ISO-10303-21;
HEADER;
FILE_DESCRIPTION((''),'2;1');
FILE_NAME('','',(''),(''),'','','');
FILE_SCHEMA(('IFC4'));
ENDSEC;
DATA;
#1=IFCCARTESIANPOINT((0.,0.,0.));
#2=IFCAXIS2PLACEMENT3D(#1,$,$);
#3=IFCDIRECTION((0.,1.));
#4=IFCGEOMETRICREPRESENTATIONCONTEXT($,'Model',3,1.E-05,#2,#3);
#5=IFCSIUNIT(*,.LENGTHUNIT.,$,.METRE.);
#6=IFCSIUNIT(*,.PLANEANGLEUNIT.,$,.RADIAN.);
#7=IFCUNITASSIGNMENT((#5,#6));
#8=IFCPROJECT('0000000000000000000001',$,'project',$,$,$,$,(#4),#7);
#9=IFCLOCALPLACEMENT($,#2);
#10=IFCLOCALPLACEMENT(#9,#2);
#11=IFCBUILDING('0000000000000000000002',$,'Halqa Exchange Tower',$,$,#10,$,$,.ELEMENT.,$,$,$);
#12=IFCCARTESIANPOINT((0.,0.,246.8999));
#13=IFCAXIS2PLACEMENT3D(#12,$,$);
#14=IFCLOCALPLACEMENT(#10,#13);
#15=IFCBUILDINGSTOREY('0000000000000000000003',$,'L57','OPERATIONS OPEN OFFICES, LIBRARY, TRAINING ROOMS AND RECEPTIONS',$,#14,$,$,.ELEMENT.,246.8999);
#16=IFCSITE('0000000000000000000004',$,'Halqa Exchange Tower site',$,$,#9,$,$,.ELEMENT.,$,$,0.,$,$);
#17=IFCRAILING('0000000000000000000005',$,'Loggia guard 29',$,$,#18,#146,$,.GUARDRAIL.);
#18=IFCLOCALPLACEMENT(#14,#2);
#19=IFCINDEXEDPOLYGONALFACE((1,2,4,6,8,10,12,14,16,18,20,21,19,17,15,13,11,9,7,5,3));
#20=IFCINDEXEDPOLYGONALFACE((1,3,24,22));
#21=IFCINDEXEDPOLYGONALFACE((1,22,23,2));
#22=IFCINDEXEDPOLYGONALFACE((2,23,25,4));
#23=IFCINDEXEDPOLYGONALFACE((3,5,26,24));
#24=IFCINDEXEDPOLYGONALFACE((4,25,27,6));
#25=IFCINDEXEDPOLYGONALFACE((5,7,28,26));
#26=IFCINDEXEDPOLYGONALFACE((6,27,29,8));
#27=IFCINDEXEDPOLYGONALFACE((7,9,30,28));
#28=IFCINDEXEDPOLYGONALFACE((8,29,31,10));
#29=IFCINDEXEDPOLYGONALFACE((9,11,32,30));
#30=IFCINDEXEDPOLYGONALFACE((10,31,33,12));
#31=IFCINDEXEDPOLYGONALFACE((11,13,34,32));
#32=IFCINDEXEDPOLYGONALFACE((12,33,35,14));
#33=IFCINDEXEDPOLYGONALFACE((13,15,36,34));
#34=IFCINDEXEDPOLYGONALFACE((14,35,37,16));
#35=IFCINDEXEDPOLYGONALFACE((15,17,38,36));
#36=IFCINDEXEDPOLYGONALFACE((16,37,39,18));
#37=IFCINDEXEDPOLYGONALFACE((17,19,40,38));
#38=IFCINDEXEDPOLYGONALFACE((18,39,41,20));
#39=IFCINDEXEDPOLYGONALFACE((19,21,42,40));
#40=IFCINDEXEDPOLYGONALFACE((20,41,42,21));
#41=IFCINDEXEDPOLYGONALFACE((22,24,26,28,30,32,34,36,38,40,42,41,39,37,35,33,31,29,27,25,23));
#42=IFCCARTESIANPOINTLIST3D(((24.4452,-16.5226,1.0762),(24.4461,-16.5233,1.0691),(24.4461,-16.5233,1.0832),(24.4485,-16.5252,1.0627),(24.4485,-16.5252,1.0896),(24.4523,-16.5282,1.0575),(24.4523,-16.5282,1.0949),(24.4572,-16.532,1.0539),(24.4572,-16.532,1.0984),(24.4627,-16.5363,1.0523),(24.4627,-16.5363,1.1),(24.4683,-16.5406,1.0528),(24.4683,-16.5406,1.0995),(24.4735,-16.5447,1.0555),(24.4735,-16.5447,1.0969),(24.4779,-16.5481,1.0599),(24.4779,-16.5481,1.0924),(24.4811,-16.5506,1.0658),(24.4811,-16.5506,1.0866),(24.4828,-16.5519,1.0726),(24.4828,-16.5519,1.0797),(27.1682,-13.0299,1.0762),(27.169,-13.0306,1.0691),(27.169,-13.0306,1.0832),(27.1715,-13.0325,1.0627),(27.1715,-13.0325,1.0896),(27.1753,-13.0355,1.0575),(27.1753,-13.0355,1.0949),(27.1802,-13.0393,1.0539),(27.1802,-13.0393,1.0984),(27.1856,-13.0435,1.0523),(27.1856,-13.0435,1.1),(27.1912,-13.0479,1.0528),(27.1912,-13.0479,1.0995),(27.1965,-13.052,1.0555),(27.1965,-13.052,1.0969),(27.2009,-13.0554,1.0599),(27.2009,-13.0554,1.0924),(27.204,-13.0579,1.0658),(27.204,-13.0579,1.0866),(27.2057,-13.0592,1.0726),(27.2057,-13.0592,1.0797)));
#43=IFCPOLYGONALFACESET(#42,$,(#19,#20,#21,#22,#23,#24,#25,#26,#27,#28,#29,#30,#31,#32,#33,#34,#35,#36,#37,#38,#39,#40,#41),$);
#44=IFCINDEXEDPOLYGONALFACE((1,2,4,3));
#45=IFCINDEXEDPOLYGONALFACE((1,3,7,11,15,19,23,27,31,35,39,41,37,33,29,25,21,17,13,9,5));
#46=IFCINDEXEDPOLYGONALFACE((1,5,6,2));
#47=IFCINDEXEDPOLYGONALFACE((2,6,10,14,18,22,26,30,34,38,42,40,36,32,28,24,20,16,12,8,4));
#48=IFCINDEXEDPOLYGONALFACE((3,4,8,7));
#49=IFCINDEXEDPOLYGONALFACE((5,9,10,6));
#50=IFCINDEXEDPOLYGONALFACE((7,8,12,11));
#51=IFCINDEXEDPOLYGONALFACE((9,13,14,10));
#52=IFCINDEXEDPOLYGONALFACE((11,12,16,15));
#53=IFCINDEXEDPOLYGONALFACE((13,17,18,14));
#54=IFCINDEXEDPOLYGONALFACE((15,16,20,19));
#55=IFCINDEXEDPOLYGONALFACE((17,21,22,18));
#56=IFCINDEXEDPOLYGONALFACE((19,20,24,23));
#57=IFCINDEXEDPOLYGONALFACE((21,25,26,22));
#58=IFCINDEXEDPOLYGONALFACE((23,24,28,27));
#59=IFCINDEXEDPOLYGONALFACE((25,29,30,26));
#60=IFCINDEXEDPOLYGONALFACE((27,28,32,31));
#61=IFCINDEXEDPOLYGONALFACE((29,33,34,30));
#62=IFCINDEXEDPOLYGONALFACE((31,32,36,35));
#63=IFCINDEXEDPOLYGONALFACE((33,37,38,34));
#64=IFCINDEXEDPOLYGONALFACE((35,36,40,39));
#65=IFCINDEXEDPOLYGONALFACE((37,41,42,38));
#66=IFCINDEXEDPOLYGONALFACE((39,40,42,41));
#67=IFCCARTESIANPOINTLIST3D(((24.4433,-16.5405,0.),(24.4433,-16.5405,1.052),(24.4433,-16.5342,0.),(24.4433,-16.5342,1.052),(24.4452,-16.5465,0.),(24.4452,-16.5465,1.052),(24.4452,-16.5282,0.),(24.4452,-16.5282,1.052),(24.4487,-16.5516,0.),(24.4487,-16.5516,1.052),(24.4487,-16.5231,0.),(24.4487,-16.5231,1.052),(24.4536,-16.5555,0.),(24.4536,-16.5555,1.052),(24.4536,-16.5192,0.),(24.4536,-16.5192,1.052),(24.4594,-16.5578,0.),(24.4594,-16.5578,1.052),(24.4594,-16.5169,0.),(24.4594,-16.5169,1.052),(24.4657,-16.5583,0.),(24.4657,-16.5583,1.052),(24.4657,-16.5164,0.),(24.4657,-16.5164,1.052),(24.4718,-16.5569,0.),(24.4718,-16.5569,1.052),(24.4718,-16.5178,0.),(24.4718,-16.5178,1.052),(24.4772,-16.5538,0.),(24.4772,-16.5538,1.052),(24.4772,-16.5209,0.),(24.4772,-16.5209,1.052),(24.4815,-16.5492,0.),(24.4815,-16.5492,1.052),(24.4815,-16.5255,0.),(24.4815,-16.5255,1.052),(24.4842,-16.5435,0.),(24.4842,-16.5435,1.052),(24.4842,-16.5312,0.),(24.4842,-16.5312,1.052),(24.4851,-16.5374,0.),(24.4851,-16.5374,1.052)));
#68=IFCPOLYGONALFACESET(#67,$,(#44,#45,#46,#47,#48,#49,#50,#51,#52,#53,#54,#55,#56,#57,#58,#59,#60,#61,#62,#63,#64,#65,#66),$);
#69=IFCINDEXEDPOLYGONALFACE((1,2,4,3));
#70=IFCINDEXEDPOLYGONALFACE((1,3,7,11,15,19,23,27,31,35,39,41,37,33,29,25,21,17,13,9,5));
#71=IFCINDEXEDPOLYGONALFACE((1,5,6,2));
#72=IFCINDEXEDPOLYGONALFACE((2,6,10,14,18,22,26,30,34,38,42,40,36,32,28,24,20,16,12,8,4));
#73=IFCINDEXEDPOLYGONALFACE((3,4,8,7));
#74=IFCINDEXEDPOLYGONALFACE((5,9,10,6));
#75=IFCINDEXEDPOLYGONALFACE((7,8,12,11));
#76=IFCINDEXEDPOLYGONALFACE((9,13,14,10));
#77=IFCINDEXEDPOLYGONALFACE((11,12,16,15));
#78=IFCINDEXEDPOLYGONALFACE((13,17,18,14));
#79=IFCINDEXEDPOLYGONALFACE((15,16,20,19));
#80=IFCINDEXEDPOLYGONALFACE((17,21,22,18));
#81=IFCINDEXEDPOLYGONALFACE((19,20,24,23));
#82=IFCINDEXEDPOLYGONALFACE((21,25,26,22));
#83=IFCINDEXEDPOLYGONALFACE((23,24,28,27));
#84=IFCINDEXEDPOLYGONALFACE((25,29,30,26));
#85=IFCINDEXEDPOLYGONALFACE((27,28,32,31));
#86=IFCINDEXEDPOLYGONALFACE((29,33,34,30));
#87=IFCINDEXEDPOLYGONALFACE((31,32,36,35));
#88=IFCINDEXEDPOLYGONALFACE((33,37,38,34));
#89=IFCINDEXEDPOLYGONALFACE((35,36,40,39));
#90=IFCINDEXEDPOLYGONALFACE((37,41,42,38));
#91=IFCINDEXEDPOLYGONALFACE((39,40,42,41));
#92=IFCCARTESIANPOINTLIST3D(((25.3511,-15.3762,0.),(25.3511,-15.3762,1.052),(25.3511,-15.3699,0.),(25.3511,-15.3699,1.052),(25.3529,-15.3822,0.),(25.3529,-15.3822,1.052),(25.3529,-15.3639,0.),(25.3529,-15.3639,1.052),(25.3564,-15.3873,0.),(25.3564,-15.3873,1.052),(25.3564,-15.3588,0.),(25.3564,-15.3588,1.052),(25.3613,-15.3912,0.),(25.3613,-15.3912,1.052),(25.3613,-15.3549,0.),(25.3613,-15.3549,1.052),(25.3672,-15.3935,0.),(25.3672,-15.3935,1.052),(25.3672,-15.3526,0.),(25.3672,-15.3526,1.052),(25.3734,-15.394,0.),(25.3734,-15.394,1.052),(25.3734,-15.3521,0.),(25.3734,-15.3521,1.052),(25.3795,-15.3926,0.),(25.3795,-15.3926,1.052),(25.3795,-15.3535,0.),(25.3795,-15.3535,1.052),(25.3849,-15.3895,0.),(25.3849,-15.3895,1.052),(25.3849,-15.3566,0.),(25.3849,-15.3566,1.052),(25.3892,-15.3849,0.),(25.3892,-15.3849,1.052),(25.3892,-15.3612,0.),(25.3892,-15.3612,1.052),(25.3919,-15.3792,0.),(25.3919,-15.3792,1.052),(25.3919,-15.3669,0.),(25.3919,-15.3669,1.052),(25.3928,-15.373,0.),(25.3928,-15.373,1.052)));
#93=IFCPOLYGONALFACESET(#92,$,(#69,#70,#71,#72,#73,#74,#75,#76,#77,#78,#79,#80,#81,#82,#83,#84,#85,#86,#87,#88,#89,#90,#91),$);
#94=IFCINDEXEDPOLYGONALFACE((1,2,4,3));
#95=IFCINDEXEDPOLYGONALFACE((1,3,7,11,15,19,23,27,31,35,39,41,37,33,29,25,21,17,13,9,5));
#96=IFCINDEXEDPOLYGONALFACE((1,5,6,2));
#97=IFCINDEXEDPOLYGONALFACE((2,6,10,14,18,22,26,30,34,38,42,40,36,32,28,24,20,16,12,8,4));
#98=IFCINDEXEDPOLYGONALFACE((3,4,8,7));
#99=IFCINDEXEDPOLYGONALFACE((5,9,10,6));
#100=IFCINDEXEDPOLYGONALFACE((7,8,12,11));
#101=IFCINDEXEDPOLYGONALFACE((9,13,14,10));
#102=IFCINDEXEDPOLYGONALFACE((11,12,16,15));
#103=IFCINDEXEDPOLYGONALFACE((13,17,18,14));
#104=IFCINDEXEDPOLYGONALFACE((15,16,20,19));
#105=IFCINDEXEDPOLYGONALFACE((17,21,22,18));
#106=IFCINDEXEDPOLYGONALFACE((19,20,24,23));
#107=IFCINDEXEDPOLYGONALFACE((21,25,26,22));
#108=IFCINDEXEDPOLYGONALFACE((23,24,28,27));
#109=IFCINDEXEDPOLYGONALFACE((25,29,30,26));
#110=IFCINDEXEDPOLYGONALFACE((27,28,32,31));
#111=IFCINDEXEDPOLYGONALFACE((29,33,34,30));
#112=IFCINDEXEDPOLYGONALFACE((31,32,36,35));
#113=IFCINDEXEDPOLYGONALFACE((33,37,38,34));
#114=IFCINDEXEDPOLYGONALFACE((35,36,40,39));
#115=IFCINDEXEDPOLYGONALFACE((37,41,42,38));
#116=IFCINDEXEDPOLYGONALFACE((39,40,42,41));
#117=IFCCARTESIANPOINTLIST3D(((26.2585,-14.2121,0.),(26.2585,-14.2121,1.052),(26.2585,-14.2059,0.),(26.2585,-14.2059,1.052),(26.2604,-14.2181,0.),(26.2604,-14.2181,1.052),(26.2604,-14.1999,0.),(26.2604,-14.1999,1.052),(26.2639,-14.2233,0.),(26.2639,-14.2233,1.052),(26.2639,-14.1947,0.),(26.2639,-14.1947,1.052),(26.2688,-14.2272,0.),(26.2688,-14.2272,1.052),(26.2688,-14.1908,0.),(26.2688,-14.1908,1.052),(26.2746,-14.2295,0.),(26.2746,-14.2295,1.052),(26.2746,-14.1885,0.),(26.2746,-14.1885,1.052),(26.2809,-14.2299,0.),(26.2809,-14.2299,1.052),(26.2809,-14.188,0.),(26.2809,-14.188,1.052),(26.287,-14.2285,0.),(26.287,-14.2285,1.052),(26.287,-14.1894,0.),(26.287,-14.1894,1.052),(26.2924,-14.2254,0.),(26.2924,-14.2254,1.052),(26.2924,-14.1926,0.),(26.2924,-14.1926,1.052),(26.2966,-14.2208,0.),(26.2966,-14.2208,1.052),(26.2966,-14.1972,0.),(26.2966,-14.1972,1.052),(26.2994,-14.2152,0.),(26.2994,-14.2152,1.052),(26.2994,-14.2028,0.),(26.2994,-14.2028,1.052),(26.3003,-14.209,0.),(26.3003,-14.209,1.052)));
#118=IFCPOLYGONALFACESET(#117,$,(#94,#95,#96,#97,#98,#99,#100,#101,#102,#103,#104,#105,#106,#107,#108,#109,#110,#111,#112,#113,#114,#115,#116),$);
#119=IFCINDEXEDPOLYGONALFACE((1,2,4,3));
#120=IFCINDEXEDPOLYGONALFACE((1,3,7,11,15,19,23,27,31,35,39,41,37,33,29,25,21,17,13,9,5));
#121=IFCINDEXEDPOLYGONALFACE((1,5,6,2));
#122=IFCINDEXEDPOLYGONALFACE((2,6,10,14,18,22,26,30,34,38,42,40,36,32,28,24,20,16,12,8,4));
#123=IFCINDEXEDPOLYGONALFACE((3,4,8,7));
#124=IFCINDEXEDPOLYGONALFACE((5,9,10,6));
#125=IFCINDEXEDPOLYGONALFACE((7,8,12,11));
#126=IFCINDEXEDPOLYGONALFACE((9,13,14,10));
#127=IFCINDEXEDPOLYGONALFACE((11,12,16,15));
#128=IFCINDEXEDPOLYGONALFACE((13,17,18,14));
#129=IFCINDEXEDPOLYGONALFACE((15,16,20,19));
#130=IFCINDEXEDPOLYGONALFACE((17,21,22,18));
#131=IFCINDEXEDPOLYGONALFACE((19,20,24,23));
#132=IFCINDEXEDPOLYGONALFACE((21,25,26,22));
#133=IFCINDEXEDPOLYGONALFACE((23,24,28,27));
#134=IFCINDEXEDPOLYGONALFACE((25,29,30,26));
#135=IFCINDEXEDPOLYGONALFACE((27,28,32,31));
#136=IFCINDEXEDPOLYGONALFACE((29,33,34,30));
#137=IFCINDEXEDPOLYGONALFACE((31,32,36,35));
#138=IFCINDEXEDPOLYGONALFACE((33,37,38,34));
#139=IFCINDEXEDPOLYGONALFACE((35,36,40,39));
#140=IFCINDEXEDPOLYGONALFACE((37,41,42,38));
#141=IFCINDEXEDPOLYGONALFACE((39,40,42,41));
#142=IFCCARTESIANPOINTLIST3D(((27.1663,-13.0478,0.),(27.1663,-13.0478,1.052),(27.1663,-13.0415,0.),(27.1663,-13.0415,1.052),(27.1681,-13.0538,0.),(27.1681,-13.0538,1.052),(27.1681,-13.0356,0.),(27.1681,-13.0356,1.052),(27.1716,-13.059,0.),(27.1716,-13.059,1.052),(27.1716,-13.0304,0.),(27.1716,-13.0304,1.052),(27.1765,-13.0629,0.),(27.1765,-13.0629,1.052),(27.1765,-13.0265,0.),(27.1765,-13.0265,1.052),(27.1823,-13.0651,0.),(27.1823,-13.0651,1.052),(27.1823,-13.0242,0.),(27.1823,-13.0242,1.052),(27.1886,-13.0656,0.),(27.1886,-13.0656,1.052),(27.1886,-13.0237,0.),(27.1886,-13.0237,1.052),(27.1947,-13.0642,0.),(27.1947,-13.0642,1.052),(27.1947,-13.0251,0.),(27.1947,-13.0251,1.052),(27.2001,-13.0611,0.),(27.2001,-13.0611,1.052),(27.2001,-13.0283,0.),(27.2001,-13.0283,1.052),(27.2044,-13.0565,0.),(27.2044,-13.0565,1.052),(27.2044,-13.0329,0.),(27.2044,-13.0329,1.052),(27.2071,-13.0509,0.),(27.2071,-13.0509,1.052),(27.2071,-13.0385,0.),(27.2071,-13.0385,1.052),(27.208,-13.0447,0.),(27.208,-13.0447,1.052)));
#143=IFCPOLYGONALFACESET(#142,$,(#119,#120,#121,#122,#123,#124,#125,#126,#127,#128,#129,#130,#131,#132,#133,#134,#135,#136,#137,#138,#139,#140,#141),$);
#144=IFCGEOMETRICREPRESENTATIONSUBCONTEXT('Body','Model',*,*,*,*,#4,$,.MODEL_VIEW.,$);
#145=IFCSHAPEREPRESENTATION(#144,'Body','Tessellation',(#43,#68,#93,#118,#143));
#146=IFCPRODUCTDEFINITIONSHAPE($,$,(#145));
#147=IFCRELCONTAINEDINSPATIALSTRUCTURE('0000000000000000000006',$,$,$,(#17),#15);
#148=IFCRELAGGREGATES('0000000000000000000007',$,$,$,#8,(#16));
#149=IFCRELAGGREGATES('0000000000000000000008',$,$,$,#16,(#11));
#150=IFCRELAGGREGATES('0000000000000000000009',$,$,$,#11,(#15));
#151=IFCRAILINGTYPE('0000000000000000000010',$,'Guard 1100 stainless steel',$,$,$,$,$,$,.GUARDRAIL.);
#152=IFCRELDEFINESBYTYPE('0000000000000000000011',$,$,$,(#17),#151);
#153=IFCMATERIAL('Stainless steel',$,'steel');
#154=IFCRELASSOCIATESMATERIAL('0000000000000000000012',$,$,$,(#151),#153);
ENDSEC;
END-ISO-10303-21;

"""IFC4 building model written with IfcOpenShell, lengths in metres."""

from ifc_helpers import new_model, si_unit, direction, frame, origin, origin_2d, place, context, subcontext, project, spatial, circle, extrude, material, type_object, element, save


model = new_model("IFC4")

# Units and contexts
model_context = context("Model", 3, precision=1e-05, world=origin(), true_north=direction((0.0, 1.0)))
body_context = subcontext(model_context, "Body", "Model", "MODEL_VIEW")
ifc_project = project(units=[si_unit("LENGTHUNIT", "METRE"), si_unit("PLANEANGLEUNIT", "RADIAN")], contexts=[model_context])

# Site, building, storey
site_placement = place(None, origin())
site = spatial("IfcSite", under=ifc_project, at=site_placement, Name="Halqa Exchange Tower site", CompositionType="ELEMENT", RefElevation=0.0)
building_placement = place(site_placement, origin())
building = spatial("IfcBuilding", under=site, at=building_placement, Name="Halqa Exchange Tower", CompositionType="ELEMENT")
storey_placement = place(building_placement, frame((0.0, 0.0, 246.8999)))
storey = spatial("IfcBuildingStorey", under=building, at=storey_placement, Name="L57", Description="OPERATIONS OPEN OFFICES, LIBRARY, TRAINING ROOMS AND RECEPTIONS", CompositionType="ELEMENT", Elevation=246.8999)

# Railing
ifc_material_1 = material(Name="Stainless steel", Category="steel")
railing_type = type_object("IfcRailingType", Name="Guard 1100 stainless steel", PredefinedType="GUARDRAIL", material=ifc_material_1)
railing_1_placement = place(storey_placement, frame((24.4641, -16.5374, 0.0)))
element("IfcRailing", 1, at=railing_1_placement, inside=storey, type_object=railing_type, Name="Loggia guard 29", PredefinedType="GUARDRAIL", context=body_context, shape_type="SweptSolid", body=[
    extrude(circle(Radius=0.0239, at=origin_2d()), frame((0.0, 0.0, 1.0762), z_axis=(0.614837, 0.788654, 0.0), x_axis=(-0.788654, 0.614837, 0.0)), (0.0, 0.0, 1.0), 4.4287),
    extrude(circle(Radius=0.021, at=origin_2d()), origin(), (0.0, 0.0, 1.0), 1.052),
    extrude(circle(Radius=0.021, at=origin_2d()), frame((0.9077, 1.1643, 0.0)), (0.0, 0.0, 1.0), 1.052),
    extrude(circle(Radius=0.021, at=origin_2d()), frame((1.8152, 2.3284, 0.0)), (0.0, 0.0, 1.0), 1.052),
    extrude(circle(Radius=0.021, at=origin_2d()), frame((2.7229, 3.4927, 0.0)), (0.0, 0.0, 1.0), 1.052),
])

save(model, "model.ifc")
